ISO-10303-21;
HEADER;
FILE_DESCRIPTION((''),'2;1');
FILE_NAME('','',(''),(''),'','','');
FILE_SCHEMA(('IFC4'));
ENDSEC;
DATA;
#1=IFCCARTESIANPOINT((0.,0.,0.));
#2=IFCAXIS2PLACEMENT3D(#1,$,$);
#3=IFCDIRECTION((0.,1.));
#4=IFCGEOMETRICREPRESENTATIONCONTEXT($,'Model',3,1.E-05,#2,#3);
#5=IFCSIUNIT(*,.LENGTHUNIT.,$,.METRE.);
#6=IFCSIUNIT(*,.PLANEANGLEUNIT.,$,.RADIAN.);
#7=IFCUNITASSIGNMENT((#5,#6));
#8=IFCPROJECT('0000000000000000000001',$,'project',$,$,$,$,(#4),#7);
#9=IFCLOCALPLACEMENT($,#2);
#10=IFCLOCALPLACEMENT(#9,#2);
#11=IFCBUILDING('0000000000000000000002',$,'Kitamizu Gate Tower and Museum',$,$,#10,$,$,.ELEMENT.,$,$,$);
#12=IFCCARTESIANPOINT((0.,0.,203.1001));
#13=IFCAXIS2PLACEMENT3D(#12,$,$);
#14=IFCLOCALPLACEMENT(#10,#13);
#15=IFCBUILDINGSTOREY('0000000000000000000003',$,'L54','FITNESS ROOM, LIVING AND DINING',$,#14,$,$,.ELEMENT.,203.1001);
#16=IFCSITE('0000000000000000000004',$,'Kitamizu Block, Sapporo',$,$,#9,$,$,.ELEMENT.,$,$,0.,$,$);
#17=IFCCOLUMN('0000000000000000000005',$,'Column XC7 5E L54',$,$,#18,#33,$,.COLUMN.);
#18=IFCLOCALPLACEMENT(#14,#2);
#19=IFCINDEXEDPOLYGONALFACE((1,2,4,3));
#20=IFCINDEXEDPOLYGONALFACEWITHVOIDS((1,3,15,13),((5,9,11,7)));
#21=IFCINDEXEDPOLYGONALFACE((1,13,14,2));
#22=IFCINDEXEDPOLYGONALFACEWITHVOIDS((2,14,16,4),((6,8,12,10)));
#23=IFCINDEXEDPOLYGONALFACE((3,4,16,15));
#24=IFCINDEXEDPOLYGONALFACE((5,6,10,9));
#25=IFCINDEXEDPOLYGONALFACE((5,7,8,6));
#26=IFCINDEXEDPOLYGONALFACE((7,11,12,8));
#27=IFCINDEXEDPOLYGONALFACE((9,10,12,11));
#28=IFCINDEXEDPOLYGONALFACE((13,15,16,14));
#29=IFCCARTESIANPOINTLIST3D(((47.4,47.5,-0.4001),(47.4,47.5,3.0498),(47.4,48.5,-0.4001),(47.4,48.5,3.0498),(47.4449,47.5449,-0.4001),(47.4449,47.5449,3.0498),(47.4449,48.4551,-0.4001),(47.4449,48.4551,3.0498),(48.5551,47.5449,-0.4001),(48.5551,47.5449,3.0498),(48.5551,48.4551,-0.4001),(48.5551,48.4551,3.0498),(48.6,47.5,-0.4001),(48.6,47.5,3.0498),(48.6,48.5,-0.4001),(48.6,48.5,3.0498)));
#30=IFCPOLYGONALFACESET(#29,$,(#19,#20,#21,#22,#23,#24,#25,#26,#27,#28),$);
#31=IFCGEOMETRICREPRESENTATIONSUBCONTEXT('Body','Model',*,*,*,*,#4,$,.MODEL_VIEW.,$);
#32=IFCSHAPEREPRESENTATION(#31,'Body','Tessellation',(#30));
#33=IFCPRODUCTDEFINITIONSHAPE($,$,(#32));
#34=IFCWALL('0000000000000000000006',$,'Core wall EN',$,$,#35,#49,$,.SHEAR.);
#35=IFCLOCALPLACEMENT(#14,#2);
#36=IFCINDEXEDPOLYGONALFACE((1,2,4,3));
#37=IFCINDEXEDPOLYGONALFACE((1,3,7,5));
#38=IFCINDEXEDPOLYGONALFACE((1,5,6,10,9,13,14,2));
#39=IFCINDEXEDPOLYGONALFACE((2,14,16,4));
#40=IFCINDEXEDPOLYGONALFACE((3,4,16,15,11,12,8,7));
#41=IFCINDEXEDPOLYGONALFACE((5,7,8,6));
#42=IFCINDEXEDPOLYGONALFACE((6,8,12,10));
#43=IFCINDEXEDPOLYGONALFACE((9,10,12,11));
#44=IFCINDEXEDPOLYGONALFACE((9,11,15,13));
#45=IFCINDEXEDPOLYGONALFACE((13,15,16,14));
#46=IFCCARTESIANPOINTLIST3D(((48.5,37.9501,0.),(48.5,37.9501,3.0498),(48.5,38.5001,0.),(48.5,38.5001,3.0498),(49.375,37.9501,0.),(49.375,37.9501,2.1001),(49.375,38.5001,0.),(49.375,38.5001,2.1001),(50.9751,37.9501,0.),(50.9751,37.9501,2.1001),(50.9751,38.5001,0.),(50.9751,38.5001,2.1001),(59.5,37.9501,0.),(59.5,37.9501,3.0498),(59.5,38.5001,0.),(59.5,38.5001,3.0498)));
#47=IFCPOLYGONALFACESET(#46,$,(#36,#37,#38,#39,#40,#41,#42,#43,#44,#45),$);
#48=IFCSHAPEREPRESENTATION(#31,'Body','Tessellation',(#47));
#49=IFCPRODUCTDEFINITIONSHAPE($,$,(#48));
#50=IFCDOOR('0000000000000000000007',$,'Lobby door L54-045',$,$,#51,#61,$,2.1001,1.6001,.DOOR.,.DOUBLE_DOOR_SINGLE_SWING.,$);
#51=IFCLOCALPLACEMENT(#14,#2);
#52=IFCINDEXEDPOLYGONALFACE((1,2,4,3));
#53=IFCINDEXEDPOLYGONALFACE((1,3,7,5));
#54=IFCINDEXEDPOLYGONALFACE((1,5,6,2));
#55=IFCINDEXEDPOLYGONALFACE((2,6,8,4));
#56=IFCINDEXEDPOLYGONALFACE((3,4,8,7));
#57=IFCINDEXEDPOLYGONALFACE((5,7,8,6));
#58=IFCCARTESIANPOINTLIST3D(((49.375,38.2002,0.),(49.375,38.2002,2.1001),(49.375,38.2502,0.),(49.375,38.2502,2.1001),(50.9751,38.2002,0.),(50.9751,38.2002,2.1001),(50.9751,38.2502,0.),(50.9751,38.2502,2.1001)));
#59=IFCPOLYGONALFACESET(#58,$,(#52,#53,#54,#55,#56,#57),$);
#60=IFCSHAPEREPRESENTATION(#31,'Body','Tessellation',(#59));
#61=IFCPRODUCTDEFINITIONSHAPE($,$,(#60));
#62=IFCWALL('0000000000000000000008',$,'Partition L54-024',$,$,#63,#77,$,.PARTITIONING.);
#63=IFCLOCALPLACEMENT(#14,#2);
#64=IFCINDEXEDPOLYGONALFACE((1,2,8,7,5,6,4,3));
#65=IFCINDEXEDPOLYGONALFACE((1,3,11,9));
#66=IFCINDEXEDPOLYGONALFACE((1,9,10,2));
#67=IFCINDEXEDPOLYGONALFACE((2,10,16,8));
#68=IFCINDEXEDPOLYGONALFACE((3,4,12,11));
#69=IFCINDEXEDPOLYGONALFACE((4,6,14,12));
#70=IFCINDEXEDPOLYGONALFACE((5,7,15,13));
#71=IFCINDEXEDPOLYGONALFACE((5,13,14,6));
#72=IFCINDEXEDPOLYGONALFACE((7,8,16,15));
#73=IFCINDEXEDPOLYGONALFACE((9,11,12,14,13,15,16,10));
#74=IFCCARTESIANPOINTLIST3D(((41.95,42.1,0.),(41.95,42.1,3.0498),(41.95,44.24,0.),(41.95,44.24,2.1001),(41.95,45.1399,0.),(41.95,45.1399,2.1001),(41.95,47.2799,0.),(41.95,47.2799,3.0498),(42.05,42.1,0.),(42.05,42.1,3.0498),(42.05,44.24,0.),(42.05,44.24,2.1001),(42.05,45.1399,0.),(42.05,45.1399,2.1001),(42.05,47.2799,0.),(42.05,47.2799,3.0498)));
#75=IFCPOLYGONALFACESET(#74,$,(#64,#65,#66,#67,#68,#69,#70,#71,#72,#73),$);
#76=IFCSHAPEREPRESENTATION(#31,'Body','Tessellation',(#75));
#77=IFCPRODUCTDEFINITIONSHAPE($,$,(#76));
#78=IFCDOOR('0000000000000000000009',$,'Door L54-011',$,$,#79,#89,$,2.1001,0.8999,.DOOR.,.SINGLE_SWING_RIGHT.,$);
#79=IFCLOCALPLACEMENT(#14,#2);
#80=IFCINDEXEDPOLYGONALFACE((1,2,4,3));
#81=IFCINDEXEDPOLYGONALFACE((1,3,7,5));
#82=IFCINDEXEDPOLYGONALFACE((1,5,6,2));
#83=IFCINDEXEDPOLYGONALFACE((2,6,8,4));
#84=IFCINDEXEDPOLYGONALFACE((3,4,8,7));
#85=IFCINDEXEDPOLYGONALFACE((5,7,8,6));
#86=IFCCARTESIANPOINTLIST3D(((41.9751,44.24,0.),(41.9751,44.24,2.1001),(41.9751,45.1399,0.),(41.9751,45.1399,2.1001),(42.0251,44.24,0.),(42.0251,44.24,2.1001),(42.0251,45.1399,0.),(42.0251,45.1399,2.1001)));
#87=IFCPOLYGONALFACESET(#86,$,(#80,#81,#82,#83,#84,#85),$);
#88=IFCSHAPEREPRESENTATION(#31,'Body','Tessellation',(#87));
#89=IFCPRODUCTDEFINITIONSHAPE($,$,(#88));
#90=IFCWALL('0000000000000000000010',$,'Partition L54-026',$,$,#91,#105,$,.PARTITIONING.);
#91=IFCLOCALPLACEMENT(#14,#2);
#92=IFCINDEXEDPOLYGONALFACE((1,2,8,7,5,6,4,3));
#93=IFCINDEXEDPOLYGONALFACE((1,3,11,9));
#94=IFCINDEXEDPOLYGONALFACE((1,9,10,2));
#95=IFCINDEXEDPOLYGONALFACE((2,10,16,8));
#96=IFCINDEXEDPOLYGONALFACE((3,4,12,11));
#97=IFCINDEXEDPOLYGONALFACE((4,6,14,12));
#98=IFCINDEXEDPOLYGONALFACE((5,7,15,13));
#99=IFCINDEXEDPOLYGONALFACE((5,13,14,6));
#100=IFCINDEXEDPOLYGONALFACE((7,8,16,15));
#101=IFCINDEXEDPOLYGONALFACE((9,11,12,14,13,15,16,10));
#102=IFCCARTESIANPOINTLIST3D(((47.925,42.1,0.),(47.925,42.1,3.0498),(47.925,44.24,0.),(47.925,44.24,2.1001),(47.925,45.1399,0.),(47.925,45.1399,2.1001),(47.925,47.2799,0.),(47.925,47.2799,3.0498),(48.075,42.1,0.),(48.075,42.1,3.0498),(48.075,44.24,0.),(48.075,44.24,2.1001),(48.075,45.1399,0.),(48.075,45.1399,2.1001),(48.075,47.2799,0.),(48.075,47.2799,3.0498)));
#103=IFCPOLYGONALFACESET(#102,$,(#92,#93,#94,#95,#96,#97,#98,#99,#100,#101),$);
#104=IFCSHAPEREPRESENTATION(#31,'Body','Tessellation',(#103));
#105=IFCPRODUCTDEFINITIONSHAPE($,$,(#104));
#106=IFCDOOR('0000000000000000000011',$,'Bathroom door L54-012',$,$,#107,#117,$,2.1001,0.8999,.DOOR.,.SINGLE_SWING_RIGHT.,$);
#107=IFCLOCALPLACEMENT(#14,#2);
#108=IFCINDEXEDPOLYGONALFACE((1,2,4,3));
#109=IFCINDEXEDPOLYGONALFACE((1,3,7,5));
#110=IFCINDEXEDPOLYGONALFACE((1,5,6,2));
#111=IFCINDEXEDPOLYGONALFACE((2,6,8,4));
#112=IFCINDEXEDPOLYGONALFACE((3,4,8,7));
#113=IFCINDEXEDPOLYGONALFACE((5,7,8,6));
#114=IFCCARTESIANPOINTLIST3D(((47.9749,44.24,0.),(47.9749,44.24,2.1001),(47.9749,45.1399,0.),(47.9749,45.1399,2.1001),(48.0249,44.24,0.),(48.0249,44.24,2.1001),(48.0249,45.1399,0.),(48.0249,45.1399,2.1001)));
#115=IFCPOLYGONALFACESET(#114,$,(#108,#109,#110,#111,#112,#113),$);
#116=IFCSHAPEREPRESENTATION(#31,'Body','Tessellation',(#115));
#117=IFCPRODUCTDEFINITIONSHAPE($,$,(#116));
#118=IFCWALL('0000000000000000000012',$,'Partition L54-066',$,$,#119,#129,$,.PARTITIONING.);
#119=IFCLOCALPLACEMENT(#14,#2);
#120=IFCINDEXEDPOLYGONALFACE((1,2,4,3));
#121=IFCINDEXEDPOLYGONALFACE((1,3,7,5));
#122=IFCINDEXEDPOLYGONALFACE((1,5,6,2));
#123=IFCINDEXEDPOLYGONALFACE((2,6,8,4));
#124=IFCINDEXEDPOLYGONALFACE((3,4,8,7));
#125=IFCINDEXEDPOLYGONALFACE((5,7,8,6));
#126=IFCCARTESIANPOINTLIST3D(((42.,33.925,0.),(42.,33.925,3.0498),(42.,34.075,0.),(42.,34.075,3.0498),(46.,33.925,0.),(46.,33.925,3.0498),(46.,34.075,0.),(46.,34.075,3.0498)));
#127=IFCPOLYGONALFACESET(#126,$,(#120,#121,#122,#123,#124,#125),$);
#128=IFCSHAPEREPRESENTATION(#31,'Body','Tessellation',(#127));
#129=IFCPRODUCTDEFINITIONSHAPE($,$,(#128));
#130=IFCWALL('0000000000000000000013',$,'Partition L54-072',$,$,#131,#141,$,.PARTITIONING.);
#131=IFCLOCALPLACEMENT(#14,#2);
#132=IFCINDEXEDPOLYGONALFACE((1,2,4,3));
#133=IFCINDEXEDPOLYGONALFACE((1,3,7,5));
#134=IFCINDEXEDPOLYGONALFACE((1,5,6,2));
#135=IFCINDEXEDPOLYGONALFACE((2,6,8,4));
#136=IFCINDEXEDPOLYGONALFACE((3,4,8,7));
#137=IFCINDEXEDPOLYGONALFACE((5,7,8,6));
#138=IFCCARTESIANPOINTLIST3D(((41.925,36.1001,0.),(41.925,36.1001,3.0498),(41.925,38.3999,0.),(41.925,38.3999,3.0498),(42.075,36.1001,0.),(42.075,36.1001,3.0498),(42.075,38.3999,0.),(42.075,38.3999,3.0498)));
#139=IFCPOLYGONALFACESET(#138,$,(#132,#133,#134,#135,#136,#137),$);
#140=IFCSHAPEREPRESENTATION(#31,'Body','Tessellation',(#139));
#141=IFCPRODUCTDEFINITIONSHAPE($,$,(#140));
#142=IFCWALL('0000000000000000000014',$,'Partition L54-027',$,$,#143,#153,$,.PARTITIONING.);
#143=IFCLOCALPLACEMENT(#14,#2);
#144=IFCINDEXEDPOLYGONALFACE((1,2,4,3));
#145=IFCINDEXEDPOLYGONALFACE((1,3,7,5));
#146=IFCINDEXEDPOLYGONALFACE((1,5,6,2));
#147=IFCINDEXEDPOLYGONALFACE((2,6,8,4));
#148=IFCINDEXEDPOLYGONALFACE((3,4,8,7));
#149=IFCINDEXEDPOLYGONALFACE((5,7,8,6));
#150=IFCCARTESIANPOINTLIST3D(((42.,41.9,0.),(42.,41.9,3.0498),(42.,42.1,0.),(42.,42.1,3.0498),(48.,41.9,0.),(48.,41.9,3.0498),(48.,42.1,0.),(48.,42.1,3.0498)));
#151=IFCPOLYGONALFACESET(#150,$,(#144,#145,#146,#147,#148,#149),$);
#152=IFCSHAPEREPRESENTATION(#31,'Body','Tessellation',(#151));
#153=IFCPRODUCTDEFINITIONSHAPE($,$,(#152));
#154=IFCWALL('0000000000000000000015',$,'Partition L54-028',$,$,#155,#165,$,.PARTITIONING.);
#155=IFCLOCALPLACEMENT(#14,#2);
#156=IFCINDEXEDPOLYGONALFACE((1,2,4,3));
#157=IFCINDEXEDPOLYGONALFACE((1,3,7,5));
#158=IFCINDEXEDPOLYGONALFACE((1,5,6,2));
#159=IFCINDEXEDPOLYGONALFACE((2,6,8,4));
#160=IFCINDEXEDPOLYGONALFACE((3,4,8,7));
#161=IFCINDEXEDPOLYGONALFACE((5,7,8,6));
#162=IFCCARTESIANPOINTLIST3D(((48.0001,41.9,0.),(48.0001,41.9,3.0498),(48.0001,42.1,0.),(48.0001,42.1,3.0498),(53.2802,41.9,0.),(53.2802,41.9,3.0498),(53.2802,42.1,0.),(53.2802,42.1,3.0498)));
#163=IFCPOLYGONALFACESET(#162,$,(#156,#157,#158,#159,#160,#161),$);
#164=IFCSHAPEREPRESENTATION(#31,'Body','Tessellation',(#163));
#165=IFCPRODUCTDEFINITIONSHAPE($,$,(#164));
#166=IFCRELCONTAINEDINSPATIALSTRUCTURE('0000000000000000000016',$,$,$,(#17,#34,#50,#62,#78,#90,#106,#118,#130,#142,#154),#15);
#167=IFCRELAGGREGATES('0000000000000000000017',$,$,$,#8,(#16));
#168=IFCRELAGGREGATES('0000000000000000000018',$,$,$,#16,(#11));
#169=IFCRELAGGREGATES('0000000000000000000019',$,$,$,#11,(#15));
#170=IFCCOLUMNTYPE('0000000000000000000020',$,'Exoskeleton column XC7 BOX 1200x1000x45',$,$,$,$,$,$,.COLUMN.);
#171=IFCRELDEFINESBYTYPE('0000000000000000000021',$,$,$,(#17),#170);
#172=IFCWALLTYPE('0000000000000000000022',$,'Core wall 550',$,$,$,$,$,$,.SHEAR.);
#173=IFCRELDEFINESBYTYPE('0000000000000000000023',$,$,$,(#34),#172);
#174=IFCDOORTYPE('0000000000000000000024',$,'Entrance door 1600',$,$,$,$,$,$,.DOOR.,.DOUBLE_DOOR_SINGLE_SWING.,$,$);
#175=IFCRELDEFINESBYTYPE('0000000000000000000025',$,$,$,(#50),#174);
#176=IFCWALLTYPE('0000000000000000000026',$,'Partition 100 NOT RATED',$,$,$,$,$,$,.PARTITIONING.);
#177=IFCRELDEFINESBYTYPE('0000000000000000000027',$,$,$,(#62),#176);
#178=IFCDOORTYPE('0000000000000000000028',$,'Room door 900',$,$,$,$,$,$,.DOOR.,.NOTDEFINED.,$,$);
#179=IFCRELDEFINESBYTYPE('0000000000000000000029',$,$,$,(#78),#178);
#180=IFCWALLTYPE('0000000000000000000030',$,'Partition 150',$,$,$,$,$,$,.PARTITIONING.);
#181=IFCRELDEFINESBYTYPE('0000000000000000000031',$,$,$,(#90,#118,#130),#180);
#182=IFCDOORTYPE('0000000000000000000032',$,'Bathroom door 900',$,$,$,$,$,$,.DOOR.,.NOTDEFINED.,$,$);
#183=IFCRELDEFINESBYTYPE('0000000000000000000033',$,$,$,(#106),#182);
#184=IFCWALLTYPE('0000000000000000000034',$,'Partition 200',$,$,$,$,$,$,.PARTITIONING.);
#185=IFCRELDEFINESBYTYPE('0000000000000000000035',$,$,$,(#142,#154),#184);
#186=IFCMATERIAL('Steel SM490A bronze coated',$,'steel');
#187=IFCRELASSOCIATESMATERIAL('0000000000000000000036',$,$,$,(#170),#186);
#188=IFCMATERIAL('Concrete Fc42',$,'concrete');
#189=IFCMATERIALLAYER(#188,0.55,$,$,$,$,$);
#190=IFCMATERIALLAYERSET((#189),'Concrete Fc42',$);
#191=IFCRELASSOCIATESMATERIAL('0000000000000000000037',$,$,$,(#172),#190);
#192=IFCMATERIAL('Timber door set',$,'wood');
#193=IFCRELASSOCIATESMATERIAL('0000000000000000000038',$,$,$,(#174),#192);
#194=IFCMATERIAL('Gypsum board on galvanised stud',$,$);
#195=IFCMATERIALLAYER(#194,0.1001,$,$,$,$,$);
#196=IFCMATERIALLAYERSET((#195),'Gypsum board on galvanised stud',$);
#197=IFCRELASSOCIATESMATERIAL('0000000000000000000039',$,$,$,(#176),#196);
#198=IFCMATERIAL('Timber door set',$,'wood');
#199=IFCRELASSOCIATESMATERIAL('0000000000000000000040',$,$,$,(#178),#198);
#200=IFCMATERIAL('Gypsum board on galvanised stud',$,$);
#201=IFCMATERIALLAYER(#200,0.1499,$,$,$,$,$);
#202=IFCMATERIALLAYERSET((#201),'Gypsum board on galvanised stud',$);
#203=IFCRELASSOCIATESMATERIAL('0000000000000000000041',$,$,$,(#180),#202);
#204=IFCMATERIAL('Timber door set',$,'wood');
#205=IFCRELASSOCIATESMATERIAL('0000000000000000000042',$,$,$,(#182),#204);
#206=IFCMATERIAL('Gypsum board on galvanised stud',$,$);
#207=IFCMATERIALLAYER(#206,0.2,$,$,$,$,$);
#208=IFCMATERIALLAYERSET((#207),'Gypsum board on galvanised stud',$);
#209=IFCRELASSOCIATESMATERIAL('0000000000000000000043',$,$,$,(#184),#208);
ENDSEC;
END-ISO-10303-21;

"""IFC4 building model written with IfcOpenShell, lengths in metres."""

from ifc_helpers import new_model, si_unit, direction, frame, frame_2d, origin, origin_2d, place, context, subcontext, project, spatial, rectangle, hollow_rectangle, extrude, material, layer, layer_set, material_profile, profile_set, type_object, element, fill, save


model = new_model("IFC4")

# Units and contexts
model_context = context("Model", 3, precision=1e-05, world=origin(), true_north=direction((0.0, 1.0)))
body_context = subcontext(model_context, "Body", "Model", "MODEL_VIEW")
ifc_project = project(units=[si_unit("LENGTHUNIT", "METRE"), si_unit("PLANEANGLEUNIT", "RADIAN")], contexts=[model_context])

# Site, building, storey
site_placement = place(None, origin())
site = spatial("IfcSite", under=ifc_project, at=site_placement, Name="Kitamizu Block, Sapporo", CompositionType="ELEMENT", RefElevation=0.0)
building_placement = place(site_placement, origin())
building = spatial("IfcBuilding", under=site, at=building_placement, Name="Kitamizu Gate Tower and Museum", CompositionType="ELEMENT")
storey_placement = place(building_placement, frame((0.0, 0.0, 203.1001)))
storey = spatial("IfcBuildingStorey", under=building, at=storey_placement, Name="L54", Description="FITNESS ROOM, LIVING AND DINING", CompositionType="ELEMENT", Elevation=203.1001)

# Column
ifc_material_1 = material(Name="Steel SM490A bronze coated", Category="steel")
ifc_material_profile = material_profile(ifc_material_1, hollow_rectangle(XDim=1.2, YDim=1.0, WallThickness=0.0449, at=origin_2d()), Name="BOX 1200x1000x45")
ifc_profile_set = profile_set([ifc_material_profile], Name="Steel SM490A bronze coated")
column_type = type_object("IfcColumnType", Name="Exoskeleton column XC7 BOX 1200x1000x45", PredefinedType="COLUMN", material=ifc_profile_set)
column_placement = place(storey_placement, frame((48.0, 48.0, -0.4001), z_axis=(0.0, 0.0, 1.0), x_axis=(1.0, 0.0, 0.0)))
element("IfcColumn", 1, at=column_placement, inside=storey, type_object=column_type, Name="Column XC7 5E L54", PredefinedType="COLUMN", context=body_context, shape_type="SweptSolid", body=[
    extrude(hollow_rectangle(XDim=1.2, YDim=1.0, WallThickness=0.0449, at=origin_2d()), origin(), (0.0, 0.0, 1.0), 3.45),
])

# Walls, openings, doors
ifc_material_2 = material(Name="Concrete Fc42", Category="concrete")
ifc_layer_1 = layer(ifc_material_2, 0.55)
ifc_layer_set_1 = layer_set([ifc_layer_1], Name="Concrete Fc42")
wall_type_1 = type_object("IfcWallType", Name="Core wall 550", PredefinedType="SHEAR", material=ifc_layer_set_1)
wall_1_placement = place(storey_placement, frame((59.5, 38.2251, 0.0), z_axis=(0.0, 0.0, 1.0), x_axis=(-1.0, 0.0, 0.0)))
wall_1 = element("IfcWall", 2, at=wall_1_placement, inside=storey, type_object=wall_type_1, Name="Core wall EN", PredefinedType="SHEAR", context=body_context, shape_type="SweptSolid", body=[
    extrude(rectangle(XDim=11.0, YDim=0.55, at=frame_2d((5.5, 0.0))), origin(), (0.0, 0.0, 1.0), 3.0498),
])
opening_1_placement = place(wall_1_placement, frame((8.5249, 0.0, 0.0)))
opening_1 = element("IfcOpeningElement", 3, at=opening_1_placement, cuts=wall_1, PredefinedType="OPENING", context=body_context, shape_type="SweptSolid", body=[
    extrude(rectangle(XDim=1.6001, YDim=2.1001, at=frame_2d((0.8, 1.05))), frame((0.0, 0.2852, 0.0), z_axis=(0.0, -1.0, 0.0), x_axis=(1.0, 0.0, 0.0)), (0.0, 0.0, 1.0), 0.5701),
])
ifc_material_3 = material(Name="Timber door set", Category="wood")
door_type_1 = type_object("IfcDoorType", Name="Entrance door 1600", OperationType="DOUBLE_DOOR_SINGLE_SWING", PredefinedType="DOOR", material=ifc_material_3)
door_1_placement = place(opening_1_placement, origin())
door_1 = element("IfcDoor", 4, at=door_1_placement, inside=storey, type_object=door_type_1, Name="Lobby door L54-045", OperationType="DOUBLE_DOOR_SINGLE_SWING", OverallHeight=2.1001, OverallWidth=1.6001, PredefinedType="DOOR", context=body_context, shape_type="SweptSolid", body=[
    extrude(rectangle(XDim=1.6001, YDim=2.1001, at=frame_2d((0.8, 1.05))), frame((0.0, 0.0249, 0.0), z_axis=(0.0, -1.0, 0.0), x_axis=(1.0, 0.0, 0.0)), (0.0, 0.0, 1.0), 0.05),
])
fill(opening_1, door_1)
ifc_material_4 = material(Name="Gypsum board on galvanised stud")
ifc_layer_2 = layer(ifc_material_4, 0.1001)
ifc_layer_set_2 = layer_set([ifc_layer_2], Name="Gypsum board on galvanised stud")
wall_type_2 = type_object("IfcWallType", Name="Partition 100 NOT RATED", PredefinedType="PARTITIONING", material=ifc_layer_set_2)
wall_2_placement = place(storey_placement, frame((42.0, 42.1001, 0.0), z_axis=(0.0, 0.0, 1.0), x_axis=(0.0, 1.0, 0.0)))
wall_2 = element("IfcWall", 5, at=wall_2_placement, inside=storey, type_object=wall_type_2, Name="Partition L54-024", PredefinedType="PARTITIONING", context=body_context, shape_type="SweptSolid", body=[
    extrude(rectangle(XDim=5.1799, YDim=0.1001, at=frame_2d((2.5898, 0.0))), origin(), (0.0, 0.0, 1.0), 3.0498),
])
opening_2_placement = place(wall_2_placement, frame((2.1399, 0.0, 0.0)))
opening_2 = element("IfcOpeningElement", 6, at=opening_2_placement, cuts=wall_2, PredefinedType="OPENING", context=body_context, shape_type="SweptSolid", body=[
    extrude(rectangle(XDim=0.8999, YDim=2.1001, at=frame_2d((0.45, 1.05))), frame((0.0, 0.0601, 0.0), z_axis=(0.0, -1.0, 0.0), x_axis=(1.0, 0.0, 0.0)), (0.0, 0.0, 1.0), 0.1201),
])
ifc_material_5 = material(Name="Timber door set", Category="wood")
door_type_2 = type_object("IfcDoorType", Name="Room door 900", OperationType="NOTDEFINED", PredefinedType="DOOR", material=ifc_material_5)
door_2_placement = place(opening_2_placement, origin())
door_2 = element("IfcDoor", 7, at=door_2_placement, inside=storey, type_object=door_type_2, Name="Door L54-011", OperationType="SINGLE_SWING_RIGHT", OverallHeight=2.1001, OverallWidth=0.8999, PredefinedType="DOOR", context=body_context, shape_type="SweptSolid", body=[
    extrude(rectangle(XDim=0.8999, YDim=2.1001, at=frame_2d((0.45, 1.05))), frame((0.0, 0.0249, 0.0), z_axis=(0.0, -1.0, 0.0), x_axis=(1.0, 0.0, 0.0)), (0.0, 0.0, 1.0), 0.05),
])
fill(opening_2, door_2)
ifc_material_6 = material(Name="Gypsum board on galvanised stud")
ifc_layer_3 = layer(ifc_material_6, 0.1499)
ifc_layer_set_3 = layer_set([ifc_layer_3], Name="Gypsum board on galvanised stud")
wall_type_3 = type_object("IfcWallType", Name="Partition 150", PredefinedType="PARTITIONING", material=ifc_layer_set_3)
wall_3_placement = place(storey_placement, frame((48.0, 42.1001, 0.0), z_axis=(0.0, 0.0, 1.0), x_axis=(0.0, 1.0, 0.0)))
wall_3 = element("IfcWall", 8, at=wall_3_placement, inside=storey, type_object=wall_type_3, Name="Partition L54-026", PredefinedType="PARTITIONING", context=body_context, shape_type="SweptSolid", body=[
    extrude(rectangle(XDim=5.1799, YDim=0.1499, at=frame_2d((2.5898, 0.0))), origin(), (0.0, 0.0, 1.0), 3.0498),
])
opening_3_placement = place(wall_3_placement, frame((2.1399, 0.0, 0.0)))
opening_3 = element("IfcOpeningElement", 9, at=opening_3_placement, cuts=wall_3, PredefinedType="OPENING", context=body_context, shape_type="SweptSolid", body=[
    extrude(rectangle(XDim=0.8999, YDim=2.1001, at=frame_2d((0.45, 1.05))), frame((0.0, 0.085, 0.0), z_axis=(0.0, -1.0, 0.0), x_axis=(1.0, 0.0, 0.0)), (0.0, 0.0, 1.0), 0.1699),
])
ifc_material_7 = material(Name="Timber door set", Category="wood")
door_type_3 = type_object("IfcDoorType", Name="Bathroom door 900", OperationType="NOTDEFINED", PredefinedType="DOOR", material=ifc_material_7)
door_3_placement = place(opening_3_placement, frame((0.8999, 0.0, 0.0), x_axis=(-1.0, 0.0, 0.0)))
door_3 = element("IfcDoor", 10, at=door_3_placement, inside=storey, type_object=door_type_3, Name="Bathroom door L54-012", OperationType="SINGLE_SWING_RIGHT", OverallHeight=2.1001, OverallWidth=0.8999, PredefinedType="DOOR", context=body_context, shape_type="SweptSolid", body=[
    extrude(rectangle(XDim=0.8999, YDim=2.1001, at=frame_2d((0.45, 1.05))), frame((0.0, 0.0249, 0.0), z_axis=(0.0, -1.0, 0.0), x_axis=(1.0, 0.0, 0.0)), (0.0, 0.0, 1.0), 0.05),
])
fill(opening_3, door_3)

# Walls
wall_4_placement = place(storey_placement, frame((46.0, 34.0, 0.0), z_axis=(0.0, 0.0, 1.0), x_axis=(-1.0, 0.0, 0.0)))
element("IfcWall", 11, at=wall_4_placement, inside=storey, type_object=wall_type_3, Name="Partition L54-066", PredefinedType="PARTITIONING", context=body_context, shape_type="SweptSolid", body=[
    extrude(rectangle(XDim=4.0, YDim=0.1499, at=frame_2d((2.0, 0.0))), origin(), (0.0, 0.0, 1.0), 3.0498),
])
wall_5_placement = place(storey_placement, frame((42.0, 36.1001, 0.0), z_axis=(0.0, 0.0, 1.0), x_axis=(0.0, 1.0, 0.0)))
element("IfcWall", 12, at=wall_5_placement, inside=storey, type_object=wall_type_3, Name="Partition L54-072", PredefinedType="PARTITIONING", context=body_context, shape_type="SweptSolid", body=[
    extrude(rectangle(XDim=2.2998, YDim=0.1499, at=frame_2d((1.1499, 0.0))), origin(), (0.0, 0.0, 1.0), 3.0498),
])
ifc_material_8 = material(Name="Gypsum board on galvanised stud")
ifc_layer_4 = layer(ifc_material_8, 0.2)
ifc_layer_set_4 = layer_set([ifc_layer_4], Name="Gypsum board on galvanised stud")
wall_type_4 = type_object("IfcWallType", Name="Partition 200", PredefinedType="PARTITIONING", material=ifc_layer_set_4)
wall_6_placement = place(storey_placement, frame((42.0, 42.0, 0.0), z_axis=(0.0, 0.0, 1.0), x_axis=(1.0, 0.0, 0.0)))
element("IfcWall", 13, at=wall_6_placement, inside=storey, type_object=wall_type_4, Name="Partition L54-027", PredefinedType="PARTITIONING", context=body_context, shape_type="SweptSolid", body=[
    extrude(rectangle(XDim=6.0, YDim=0.2, at=frame_2d((3.0, 0.0))), origin(), (0.0, 0.0, 1.0), 3.0498),
])
wall_7_placement = place(storey_placement, frame((48.0, 42.0, 0.0), z_axis=(0.0, 0.0, 1.0), x_axis=(1.0, 0.0, 0.0)))
element("IfcWall", 14, at=wall_7_placement, inside=storey, type_object=wall_type_4, Name="Partition L54-028", PredefinedType="PARTITIONING", context=body_context, shape_type="SweptSolid", body=[
    extrude(rectangle(XDim=5.28, YDim=0.2, at=frame_2d((2.6401, 0.0))), origin(), (0.0, 0.0, 1.0), 3.0498),
])

save(model, "model.ifc")
